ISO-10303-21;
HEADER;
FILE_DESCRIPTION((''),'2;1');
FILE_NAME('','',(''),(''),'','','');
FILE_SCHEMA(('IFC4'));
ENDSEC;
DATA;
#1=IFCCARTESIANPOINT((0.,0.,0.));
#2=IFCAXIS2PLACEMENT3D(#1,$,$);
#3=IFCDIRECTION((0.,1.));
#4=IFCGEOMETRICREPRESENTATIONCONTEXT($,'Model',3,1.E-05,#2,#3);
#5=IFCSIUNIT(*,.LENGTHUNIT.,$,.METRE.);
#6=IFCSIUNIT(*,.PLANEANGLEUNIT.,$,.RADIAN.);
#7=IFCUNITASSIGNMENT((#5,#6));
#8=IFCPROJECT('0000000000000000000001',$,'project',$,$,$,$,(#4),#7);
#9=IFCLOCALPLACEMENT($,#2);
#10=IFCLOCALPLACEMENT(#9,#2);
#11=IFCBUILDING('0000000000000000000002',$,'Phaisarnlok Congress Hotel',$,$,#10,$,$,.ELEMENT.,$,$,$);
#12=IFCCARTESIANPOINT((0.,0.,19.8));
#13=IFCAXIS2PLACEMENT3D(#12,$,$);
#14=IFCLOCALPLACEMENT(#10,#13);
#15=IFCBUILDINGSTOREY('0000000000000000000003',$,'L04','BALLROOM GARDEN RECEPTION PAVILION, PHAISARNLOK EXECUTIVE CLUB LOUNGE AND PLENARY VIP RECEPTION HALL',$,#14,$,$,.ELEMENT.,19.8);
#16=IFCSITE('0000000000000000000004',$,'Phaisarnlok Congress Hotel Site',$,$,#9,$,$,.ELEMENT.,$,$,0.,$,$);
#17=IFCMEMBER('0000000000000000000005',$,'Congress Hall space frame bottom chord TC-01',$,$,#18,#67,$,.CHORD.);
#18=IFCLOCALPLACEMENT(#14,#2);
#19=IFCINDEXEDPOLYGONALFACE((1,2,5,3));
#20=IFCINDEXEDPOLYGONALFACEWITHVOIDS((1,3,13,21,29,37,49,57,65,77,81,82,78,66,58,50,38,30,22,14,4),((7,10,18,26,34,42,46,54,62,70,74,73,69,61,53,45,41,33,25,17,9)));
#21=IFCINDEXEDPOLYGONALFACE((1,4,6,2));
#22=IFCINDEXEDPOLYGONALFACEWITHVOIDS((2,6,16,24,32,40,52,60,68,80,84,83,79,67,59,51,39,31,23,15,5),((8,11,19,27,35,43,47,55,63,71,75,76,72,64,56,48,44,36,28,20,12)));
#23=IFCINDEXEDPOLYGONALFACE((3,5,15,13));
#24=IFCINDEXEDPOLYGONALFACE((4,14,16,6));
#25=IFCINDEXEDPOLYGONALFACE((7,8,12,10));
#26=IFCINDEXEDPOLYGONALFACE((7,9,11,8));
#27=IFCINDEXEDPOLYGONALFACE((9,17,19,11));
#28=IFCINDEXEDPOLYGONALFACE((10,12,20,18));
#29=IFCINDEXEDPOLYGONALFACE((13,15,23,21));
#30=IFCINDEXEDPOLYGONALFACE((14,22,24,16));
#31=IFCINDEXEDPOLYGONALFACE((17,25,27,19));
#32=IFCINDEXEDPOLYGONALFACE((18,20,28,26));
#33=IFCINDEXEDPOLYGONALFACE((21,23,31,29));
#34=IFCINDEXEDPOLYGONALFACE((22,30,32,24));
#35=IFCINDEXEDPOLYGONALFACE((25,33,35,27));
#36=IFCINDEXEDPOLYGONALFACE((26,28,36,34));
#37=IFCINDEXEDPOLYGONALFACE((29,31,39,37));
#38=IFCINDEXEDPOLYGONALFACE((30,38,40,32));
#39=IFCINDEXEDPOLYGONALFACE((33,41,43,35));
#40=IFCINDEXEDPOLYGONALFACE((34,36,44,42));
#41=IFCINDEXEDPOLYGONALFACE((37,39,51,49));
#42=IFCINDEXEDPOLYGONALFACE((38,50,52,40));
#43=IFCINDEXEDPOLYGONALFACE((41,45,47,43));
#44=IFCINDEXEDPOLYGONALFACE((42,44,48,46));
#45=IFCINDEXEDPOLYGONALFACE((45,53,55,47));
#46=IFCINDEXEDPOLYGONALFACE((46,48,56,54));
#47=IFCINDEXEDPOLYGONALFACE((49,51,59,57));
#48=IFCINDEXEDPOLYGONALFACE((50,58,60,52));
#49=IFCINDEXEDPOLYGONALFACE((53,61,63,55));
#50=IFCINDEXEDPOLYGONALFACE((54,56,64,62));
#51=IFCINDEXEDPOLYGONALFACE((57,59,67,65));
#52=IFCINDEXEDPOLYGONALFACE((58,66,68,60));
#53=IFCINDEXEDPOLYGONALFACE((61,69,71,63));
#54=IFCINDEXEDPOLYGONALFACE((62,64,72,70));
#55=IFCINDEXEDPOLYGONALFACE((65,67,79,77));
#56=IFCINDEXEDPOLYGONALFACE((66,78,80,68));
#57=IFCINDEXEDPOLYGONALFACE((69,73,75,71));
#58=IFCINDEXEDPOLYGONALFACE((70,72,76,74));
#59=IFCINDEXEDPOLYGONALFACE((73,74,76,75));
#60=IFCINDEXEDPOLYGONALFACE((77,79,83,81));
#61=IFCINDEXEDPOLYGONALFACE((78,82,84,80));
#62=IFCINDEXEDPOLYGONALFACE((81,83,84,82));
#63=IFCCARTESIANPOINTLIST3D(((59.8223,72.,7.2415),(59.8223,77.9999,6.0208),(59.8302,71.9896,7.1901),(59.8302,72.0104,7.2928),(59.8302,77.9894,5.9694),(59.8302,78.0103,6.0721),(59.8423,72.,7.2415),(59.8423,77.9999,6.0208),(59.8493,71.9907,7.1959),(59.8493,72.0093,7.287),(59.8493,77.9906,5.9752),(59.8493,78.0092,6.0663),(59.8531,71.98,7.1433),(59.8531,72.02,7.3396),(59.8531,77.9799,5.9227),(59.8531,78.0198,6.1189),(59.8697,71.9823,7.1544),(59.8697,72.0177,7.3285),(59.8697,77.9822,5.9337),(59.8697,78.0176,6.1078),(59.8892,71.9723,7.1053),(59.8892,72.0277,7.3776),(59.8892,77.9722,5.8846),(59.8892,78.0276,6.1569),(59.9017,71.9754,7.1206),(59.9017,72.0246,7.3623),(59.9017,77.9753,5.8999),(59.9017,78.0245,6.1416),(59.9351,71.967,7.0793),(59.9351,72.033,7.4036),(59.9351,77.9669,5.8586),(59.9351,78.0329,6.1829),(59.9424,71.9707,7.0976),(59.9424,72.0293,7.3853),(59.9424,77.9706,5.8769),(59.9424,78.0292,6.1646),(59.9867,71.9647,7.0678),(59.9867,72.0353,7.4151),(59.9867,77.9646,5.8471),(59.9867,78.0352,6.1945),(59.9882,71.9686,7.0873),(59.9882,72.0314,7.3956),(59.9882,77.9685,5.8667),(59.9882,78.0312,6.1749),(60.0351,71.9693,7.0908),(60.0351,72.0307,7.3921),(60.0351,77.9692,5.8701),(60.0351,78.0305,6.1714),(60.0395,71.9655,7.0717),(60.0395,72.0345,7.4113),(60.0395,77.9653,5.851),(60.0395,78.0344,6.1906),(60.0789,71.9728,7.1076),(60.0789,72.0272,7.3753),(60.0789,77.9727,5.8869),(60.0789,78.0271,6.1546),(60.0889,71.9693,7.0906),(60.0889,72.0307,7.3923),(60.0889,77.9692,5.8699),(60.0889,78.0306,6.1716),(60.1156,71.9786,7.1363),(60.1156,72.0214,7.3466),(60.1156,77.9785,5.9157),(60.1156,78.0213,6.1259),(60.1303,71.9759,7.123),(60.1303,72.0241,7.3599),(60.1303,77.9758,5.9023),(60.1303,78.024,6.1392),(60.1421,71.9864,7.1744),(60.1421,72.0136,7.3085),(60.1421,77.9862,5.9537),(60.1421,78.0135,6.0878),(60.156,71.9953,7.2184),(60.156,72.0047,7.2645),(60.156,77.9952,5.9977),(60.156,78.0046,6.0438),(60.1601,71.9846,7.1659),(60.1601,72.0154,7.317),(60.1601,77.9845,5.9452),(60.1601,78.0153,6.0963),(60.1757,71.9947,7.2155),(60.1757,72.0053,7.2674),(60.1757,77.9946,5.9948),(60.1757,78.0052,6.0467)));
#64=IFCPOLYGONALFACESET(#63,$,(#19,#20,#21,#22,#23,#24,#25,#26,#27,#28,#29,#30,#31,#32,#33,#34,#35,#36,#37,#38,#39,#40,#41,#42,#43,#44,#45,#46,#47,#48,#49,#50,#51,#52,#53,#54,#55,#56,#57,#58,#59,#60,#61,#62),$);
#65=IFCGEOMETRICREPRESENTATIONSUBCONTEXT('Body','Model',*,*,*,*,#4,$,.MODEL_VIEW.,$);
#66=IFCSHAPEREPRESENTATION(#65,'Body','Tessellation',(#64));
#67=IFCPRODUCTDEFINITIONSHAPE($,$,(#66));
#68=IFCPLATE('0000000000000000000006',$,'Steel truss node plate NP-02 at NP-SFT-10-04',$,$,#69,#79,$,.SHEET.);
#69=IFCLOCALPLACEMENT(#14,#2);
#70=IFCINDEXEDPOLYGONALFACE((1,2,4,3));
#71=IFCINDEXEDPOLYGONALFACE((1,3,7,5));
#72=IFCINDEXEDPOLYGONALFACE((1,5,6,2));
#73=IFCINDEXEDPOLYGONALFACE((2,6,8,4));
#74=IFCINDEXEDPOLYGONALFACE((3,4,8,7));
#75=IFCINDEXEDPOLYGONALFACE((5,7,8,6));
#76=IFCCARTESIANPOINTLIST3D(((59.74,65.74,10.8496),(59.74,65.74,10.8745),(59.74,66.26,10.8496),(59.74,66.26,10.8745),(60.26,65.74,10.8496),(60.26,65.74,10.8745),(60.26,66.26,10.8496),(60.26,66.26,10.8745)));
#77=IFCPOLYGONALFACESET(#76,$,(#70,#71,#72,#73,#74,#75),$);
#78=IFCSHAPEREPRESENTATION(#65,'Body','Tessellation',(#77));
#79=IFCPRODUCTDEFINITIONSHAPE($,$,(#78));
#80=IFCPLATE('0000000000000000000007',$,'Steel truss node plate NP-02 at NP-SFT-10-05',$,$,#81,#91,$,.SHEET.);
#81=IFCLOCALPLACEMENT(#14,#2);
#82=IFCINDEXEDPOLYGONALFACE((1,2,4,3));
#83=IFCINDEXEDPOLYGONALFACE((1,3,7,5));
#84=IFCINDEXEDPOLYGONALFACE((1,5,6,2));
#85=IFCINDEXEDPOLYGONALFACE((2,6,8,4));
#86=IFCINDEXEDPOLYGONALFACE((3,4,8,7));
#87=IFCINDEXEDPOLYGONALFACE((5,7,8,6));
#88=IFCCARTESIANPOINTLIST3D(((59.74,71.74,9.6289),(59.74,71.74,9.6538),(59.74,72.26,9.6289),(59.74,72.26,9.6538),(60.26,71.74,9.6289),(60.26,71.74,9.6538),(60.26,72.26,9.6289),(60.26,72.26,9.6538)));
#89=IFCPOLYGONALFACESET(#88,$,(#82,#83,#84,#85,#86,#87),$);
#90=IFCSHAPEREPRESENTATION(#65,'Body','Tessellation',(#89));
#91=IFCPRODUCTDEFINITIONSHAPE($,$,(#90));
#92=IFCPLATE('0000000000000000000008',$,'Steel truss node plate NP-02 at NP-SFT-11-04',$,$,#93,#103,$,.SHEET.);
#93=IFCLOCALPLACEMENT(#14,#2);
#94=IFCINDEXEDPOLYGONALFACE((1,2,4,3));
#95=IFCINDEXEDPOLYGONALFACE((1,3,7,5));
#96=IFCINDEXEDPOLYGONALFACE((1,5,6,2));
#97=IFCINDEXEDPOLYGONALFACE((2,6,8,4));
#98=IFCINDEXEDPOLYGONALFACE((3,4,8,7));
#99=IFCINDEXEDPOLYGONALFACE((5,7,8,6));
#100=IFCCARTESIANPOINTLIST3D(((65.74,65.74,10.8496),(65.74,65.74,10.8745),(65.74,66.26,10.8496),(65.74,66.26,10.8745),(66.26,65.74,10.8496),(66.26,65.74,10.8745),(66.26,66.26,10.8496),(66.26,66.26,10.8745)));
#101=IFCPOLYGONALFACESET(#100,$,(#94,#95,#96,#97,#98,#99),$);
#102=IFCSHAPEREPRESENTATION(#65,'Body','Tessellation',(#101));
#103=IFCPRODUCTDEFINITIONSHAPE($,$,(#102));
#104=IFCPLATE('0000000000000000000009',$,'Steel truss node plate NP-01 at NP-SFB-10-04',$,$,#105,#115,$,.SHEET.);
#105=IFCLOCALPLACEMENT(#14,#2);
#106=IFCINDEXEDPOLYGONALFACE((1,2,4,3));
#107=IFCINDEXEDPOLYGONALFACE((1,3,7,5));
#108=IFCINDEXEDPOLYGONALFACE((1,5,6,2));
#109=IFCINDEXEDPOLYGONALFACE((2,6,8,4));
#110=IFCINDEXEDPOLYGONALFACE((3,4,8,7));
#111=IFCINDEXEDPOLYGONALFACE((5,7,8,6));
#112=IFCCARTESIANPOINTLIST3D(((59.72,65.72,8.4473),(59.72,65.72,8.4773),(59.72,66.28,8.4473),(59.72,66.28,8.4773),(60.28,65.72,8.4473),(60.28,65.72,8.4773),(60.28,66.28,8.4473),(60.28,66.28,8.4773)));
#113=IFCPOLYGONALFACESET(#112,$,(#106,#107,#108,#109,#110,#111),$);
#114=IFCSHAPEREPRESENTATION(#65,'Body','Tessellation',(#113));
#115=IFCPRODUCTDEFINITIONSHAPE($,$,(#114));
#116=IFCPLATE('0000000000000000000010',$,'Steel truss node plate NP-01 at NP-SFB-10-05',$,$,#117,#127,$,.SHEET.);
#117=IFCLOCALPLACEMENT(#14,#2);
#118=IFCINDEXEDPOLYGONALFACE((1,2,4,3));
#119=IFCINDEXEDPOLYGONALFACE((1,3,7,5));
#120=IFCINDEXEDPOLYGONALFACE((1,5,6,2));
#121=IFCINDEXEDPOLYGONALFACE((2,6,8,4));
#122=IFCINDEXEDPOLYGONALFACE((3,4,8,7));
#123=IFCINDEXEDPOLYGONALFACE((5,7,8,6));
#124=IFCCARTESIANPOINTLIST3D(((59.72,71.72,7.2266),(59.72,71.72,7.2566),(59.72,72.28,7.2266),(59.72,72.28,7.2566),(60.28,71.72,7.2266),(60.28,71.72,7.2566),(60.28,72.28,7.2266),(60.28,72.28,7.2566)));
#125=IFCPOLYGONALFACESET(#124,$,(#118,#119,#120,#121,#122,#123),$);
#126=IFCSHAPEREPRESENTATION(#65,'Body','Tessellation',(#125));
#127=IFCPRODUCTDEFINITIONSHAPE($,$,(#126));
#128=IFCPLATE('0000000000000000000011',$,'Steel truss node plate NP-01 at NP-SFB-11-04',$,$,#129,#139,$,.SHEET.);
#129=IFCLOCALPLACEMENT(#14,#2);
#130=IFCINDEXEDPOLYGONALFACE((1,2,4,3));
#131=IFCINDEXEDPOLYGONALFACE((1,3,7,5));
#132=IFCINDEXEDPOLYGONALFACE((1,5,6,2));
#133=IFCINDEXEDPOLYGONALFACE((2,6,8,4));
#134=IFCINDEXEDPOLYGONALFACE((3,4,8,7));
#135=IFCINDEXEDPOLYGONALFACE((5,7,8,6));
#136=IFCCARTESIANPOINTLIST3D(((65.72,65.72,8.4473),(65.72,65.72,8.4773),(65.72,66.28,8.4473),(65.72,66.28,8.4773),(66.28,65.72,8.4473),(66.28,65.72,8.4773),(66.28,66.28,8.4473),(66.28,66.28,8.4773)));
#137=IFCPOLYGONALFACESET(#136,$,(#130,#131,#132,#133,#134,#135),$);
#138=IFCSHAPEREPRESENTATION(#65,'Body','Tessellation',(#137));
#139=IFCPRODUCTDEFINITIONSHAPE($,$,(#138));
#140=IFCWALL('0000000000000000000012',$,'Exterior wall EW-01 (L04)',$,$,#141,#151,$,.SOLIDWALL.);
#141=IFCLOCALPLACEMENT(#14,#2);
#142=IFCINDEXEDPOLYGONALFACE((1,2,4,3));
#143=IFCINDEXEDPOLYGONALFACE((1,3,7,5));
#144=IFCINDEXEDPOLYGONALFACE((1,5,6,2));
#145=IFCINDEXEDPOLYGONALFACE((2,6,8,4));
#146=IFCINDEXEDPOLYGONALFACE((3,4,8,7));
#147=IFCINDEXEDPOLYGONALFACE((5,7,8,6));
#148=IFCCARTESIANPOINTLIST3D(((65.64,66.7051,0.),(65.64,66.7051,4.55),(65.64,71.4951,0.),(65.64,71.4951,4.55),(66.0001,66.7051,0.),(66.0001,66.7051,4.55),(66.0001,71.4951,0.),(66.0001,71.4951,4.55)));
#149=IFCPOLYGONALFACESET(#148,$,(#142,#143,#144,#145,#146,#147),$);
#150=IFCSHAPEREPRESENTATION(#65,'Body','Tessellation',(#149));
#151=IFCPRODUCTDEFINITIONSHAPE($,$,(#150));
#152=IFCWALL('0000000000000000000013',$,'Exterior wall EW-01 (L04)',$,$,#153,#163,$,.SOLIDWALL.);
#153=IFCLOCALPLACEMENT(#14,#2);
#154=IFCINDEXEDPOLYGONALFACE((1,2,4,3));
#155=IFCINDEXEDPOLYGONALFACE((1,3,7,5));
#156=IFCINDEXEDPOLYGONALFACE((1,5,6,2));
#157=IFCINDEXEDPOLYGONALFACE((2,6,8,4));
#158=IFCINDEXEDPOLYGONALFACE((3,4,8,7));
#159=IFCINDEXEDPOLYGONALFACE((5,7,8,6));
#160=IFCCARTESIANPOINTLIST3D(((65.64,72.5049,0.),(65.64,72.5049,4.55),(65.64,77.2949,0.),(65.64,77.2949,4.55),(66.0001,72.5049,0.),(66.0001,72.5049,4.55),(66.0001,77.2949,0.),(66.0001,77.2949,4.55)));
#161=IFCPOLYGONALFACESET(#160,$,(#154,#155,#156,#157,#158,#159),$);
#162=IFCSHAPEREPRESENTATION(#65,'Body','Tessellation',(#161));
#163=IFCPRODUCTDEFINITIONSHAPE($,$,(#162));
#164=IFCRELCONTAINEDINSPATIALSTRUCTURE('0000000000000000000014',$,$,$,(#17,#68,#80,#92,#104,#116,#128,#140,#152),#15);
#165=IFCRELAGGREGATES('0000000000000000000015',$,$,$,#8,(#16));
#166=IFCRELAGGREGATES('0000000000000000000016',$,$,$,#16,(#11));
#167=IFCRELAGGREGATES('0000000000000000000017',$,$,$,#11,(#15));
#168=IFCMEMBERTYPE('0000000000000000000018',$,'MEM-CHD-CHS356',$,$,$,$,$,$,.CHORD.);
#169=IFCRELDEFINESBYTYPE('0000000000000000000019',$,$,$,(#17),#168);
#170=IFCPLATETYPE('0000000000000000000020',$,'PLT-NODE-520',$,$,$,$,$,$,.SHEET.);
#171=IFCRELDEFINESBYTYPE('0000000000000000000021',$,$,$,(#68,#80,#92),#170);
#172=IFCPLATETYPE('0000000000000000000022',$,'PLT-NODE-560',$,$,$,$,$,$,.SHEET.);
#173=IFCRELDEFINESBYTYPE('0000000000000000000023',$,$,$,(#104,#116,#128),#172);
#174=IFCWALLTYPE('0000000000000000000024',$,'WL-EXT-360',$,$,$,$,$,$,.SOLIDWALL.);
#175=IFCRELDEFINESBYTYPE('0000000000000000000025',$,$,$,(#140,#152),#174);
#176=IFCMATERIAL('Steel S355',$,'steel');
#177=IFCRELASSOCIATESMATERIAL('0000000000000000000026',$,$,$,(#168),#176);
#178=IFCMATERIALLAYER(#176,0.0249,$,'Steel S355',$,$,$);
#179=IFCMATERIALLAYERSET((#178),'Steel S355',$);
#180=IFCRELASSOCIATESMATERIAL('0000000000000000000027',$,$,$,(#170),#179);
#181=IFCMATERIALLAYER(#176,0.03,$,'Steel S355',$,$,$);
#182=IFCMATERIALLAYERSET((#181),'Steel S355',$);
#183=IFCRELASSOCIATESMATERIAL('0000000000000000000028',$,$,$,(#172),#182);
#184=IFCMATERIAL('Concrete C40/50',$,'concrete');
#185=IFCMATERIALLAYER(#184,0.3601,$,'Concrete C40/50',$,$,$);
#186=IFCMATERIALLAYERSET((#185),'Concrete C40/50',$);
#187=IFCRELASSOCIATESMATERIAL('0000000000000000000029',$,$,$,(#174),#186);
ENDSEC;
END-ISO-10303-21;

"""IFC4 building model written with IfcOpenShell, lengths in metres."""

from ifc_helpers import new_model, si_unit, direction, frame, frame_2d, origin, origin_2d, place, context, subcontext, project, spatial, rectangle, hollow_circle, extrude, material, layer, layer_set, material_profile, profile_set, type_object, element, save


model = new_model("IFC4")

# Units and contexts
model_context = context("Model", 3, precision=1e-05, world=origin(), true_north=direction((0.0, 1.0)))
body_context = subcontext(model_context, "Body", "Model", "MODEL_VIEW")
ifc_project = project(units=[si_unit("LENGTHUNIT", "METRE"), si_unit("PLANEANGLEUNIT", "RADIAN")], contexts=[model_context])

# Site, building, storey
site_placement = place(None, origin())
site = spatial("IfcSite", under=ifc_project, at=site_placement, Name="Phaisarnlok Congress Hotel Site", CompositionType="ELEMENT", RefElevation=0.0)
building_placement = place(site_placement, origin())
building = spatial("IfcBuilding", under=site, at=building_placement, Name="Phaisarnlok Congress Hotel", CompositionType="ELEMENT")
storey_placement = place(building_placement, frame((0.0, 0.0, 19.8)))
storey = spatial("IfcBuildingStorey", under=building, at=storey_placement, Name="L04", Description="BALLROOM GARDEN RECEPTION PAVILION, PHAISARNLOK EXECUTIVE CLUB LOUNGE AND PLENARY VIP RECEPTION HALL", CompositionType="ELEMENT", Elevation=19.8)

# Shared definitions
ifc_material_1 = material(Name="Steel S355", Category="steel")

# Member
ifc_material_profile_1 = material_profile(ifc_material_1, hollow_circle(Radius=0.1777, WallThickness=0.02, at=origin_2d()), Name="CHS 355.6x20")
ifc_profile_set_1 = profile_set([ifc_material_profile_1], Name="Steel S355")
member_type_1 = type_object("IfcMemberType", Name="MEM-CHD-CHS356", PredefinedType="CHORD", material=ifc_profile_set_1)
member_1_placement = place(storey_placement, frame((60.0, 72.0, 7.2415), z_axis=(0.0, 0.979925, -0.199366), x_axis=(-1.0, 0.0, 0.0)))
element("IfcMember", 1, at=member_1_placement, inside=storey, type_object=member_type_1, Name="Congress Hall space frame bottom chord TC-01", PredefinedType="CHORD", context=body_context, shape_type="SweptSolid", body=[
    extrude(hollow_circle(Radius=0.1777, WallThickness=0.02, at=origin_2d()), origin(), (0.0, 0.0, 1.0), 6.1228),
])

# Plates
ifc_layer_1 = layer(ifc_material_1, 0.0249, Name="Steel S355")
ifc_layer_set_1 = layer_set([ifc_layer_1], Name="Steel S355")
plate_type_1 = type_object("IfcPlateType", Name="PLT-NODE-520", PredefinedType="SHEET", material=ifc_layer_set_1)
for number, where, z_axis, x_axis, name in (
    (2, (60.0, 66.0, 10.8496), (0.0, 0.0, 1.0), (1.0, 0.0, 0.0), "Steel truss node plate NP-02 at NP-SFT-10-04"),
    (3, (60.0, 72.0, 9.6289), (0.0, 0.0, 1.0), (1.0, 0.0, 0.0), "Steel truss node plate NP-02 at NP-SFT-10-05"),
    (4, (66.0, 66.0, 10.8496), (0.0, 0.0, 1.0), (1.0, 0.0, 0.0), "Steel truss node plate NP-02 at NP-SFT-11-04"),
):
    element("IfcPlate", number, at=place(storey_placement, frame(where, z_axis=z_axis, x_axis=x_axis)), inside=storey, type_object=plate_type_1, Name=name, PredefinedType="SHEET", context=body_context, shape_type="SweptSolid", body=[
        extrude(rectangle(XDim=0.52, YDim=0.52, at=origin_2d()), origin(), (0.0, 0.0, 1.0), 0.0249),
    ])
ifc_layer_2 = layer(ifc_material_1, 0.03, Name="Steel S355")
ifc_layer_set_2 = layer_set([ifc_layer_2], Name="Steel S355")
plate_type_2 = type_object("IfcPlateType", Name="PLT-NODE-560", PredefinedType="SHEET", material=ifc_layer_set_2)
for number, where, z_axis, x_axis, name in (
    (5, (60.0, 66.0, 8.4473), (0.0, 0.0, 1.0), (1.0, 0.0, 0.0), "Steel truss node plate NP-01 at NP-SFB-10-04"),
    (6, (60.0, 72.0, 7.2266), (0.0, 0.0, 1.0), (1.0, 0.0, 0.0), "Steel truss node plate NP-01 at NP-SFB-10-05"),
    (7, (66.0, 66.0, 8.4473), (0.0, 0.0, 1.0), (1.0, 0.0, 0.0), "Steel truss node plate NP-01 at NP-SFB-11-04"),
):
    element("IfcPlate", number, at=place(storey_placement, frame(where, z_axis=z_axis, x_axis=x_axis)), inside=storey, type_object=plate_type_2, Name=name, PredefinedType="SHEET", context=body_context, shape_type="SweptSolid", body=[
        extrude(rectangle(XDim=0.5601, YDim=0.5601, at=origin_2d()), origin(), (0.0, 0.0, 1.0), 0.03),
    ])

# Walls
ifc_material_2 = material(Name="Concrete C40/50", Category="concrete")
ifc_layer_3 = layer(ifc_material_2, 0.3601, Name="Concrete C40/50")
ifc_layer_set_3 = layer_set([ifc_layer_3], Name="Concrete C40/50")
wall_type = type_object("IfcWallType", Name="WL-EXT-360", PredefinedType="SOLIDWALL", material=ifc_layer_set_3)
for number, where, z_axis, x_axis, name in (
    (8, (65.8201, 66.7051, 0.0), (0.0, 0.0, 1.0), (0.0, 1.0, 0.0), "Exterior wall EW-01 (L04)"),
    (9, (65.8201, 72.5049, 0.0), (0.0, 0.0, 1.0), (0.0, 1.0, 0.0), "Exterior wall EW-01 (L04)"),
):
    element("IfcWall", number, at=place(storey_placement, frame(where, z_axis=z_axis, x_axis=x_axis)), inside=storey, type_object=wall_type, Name=name, PredefinedType="SOLIDWALL", context=body_context, shape_type="SweptSolid", body=[
        extrude(rectangle(XDim=4.79, YDim=0.3601, at=frame_2d((2.395, 0.0))), origin(), (0.0, 0.0, 1.0), 4.55),
    ])

save(model, "model.ifc")
